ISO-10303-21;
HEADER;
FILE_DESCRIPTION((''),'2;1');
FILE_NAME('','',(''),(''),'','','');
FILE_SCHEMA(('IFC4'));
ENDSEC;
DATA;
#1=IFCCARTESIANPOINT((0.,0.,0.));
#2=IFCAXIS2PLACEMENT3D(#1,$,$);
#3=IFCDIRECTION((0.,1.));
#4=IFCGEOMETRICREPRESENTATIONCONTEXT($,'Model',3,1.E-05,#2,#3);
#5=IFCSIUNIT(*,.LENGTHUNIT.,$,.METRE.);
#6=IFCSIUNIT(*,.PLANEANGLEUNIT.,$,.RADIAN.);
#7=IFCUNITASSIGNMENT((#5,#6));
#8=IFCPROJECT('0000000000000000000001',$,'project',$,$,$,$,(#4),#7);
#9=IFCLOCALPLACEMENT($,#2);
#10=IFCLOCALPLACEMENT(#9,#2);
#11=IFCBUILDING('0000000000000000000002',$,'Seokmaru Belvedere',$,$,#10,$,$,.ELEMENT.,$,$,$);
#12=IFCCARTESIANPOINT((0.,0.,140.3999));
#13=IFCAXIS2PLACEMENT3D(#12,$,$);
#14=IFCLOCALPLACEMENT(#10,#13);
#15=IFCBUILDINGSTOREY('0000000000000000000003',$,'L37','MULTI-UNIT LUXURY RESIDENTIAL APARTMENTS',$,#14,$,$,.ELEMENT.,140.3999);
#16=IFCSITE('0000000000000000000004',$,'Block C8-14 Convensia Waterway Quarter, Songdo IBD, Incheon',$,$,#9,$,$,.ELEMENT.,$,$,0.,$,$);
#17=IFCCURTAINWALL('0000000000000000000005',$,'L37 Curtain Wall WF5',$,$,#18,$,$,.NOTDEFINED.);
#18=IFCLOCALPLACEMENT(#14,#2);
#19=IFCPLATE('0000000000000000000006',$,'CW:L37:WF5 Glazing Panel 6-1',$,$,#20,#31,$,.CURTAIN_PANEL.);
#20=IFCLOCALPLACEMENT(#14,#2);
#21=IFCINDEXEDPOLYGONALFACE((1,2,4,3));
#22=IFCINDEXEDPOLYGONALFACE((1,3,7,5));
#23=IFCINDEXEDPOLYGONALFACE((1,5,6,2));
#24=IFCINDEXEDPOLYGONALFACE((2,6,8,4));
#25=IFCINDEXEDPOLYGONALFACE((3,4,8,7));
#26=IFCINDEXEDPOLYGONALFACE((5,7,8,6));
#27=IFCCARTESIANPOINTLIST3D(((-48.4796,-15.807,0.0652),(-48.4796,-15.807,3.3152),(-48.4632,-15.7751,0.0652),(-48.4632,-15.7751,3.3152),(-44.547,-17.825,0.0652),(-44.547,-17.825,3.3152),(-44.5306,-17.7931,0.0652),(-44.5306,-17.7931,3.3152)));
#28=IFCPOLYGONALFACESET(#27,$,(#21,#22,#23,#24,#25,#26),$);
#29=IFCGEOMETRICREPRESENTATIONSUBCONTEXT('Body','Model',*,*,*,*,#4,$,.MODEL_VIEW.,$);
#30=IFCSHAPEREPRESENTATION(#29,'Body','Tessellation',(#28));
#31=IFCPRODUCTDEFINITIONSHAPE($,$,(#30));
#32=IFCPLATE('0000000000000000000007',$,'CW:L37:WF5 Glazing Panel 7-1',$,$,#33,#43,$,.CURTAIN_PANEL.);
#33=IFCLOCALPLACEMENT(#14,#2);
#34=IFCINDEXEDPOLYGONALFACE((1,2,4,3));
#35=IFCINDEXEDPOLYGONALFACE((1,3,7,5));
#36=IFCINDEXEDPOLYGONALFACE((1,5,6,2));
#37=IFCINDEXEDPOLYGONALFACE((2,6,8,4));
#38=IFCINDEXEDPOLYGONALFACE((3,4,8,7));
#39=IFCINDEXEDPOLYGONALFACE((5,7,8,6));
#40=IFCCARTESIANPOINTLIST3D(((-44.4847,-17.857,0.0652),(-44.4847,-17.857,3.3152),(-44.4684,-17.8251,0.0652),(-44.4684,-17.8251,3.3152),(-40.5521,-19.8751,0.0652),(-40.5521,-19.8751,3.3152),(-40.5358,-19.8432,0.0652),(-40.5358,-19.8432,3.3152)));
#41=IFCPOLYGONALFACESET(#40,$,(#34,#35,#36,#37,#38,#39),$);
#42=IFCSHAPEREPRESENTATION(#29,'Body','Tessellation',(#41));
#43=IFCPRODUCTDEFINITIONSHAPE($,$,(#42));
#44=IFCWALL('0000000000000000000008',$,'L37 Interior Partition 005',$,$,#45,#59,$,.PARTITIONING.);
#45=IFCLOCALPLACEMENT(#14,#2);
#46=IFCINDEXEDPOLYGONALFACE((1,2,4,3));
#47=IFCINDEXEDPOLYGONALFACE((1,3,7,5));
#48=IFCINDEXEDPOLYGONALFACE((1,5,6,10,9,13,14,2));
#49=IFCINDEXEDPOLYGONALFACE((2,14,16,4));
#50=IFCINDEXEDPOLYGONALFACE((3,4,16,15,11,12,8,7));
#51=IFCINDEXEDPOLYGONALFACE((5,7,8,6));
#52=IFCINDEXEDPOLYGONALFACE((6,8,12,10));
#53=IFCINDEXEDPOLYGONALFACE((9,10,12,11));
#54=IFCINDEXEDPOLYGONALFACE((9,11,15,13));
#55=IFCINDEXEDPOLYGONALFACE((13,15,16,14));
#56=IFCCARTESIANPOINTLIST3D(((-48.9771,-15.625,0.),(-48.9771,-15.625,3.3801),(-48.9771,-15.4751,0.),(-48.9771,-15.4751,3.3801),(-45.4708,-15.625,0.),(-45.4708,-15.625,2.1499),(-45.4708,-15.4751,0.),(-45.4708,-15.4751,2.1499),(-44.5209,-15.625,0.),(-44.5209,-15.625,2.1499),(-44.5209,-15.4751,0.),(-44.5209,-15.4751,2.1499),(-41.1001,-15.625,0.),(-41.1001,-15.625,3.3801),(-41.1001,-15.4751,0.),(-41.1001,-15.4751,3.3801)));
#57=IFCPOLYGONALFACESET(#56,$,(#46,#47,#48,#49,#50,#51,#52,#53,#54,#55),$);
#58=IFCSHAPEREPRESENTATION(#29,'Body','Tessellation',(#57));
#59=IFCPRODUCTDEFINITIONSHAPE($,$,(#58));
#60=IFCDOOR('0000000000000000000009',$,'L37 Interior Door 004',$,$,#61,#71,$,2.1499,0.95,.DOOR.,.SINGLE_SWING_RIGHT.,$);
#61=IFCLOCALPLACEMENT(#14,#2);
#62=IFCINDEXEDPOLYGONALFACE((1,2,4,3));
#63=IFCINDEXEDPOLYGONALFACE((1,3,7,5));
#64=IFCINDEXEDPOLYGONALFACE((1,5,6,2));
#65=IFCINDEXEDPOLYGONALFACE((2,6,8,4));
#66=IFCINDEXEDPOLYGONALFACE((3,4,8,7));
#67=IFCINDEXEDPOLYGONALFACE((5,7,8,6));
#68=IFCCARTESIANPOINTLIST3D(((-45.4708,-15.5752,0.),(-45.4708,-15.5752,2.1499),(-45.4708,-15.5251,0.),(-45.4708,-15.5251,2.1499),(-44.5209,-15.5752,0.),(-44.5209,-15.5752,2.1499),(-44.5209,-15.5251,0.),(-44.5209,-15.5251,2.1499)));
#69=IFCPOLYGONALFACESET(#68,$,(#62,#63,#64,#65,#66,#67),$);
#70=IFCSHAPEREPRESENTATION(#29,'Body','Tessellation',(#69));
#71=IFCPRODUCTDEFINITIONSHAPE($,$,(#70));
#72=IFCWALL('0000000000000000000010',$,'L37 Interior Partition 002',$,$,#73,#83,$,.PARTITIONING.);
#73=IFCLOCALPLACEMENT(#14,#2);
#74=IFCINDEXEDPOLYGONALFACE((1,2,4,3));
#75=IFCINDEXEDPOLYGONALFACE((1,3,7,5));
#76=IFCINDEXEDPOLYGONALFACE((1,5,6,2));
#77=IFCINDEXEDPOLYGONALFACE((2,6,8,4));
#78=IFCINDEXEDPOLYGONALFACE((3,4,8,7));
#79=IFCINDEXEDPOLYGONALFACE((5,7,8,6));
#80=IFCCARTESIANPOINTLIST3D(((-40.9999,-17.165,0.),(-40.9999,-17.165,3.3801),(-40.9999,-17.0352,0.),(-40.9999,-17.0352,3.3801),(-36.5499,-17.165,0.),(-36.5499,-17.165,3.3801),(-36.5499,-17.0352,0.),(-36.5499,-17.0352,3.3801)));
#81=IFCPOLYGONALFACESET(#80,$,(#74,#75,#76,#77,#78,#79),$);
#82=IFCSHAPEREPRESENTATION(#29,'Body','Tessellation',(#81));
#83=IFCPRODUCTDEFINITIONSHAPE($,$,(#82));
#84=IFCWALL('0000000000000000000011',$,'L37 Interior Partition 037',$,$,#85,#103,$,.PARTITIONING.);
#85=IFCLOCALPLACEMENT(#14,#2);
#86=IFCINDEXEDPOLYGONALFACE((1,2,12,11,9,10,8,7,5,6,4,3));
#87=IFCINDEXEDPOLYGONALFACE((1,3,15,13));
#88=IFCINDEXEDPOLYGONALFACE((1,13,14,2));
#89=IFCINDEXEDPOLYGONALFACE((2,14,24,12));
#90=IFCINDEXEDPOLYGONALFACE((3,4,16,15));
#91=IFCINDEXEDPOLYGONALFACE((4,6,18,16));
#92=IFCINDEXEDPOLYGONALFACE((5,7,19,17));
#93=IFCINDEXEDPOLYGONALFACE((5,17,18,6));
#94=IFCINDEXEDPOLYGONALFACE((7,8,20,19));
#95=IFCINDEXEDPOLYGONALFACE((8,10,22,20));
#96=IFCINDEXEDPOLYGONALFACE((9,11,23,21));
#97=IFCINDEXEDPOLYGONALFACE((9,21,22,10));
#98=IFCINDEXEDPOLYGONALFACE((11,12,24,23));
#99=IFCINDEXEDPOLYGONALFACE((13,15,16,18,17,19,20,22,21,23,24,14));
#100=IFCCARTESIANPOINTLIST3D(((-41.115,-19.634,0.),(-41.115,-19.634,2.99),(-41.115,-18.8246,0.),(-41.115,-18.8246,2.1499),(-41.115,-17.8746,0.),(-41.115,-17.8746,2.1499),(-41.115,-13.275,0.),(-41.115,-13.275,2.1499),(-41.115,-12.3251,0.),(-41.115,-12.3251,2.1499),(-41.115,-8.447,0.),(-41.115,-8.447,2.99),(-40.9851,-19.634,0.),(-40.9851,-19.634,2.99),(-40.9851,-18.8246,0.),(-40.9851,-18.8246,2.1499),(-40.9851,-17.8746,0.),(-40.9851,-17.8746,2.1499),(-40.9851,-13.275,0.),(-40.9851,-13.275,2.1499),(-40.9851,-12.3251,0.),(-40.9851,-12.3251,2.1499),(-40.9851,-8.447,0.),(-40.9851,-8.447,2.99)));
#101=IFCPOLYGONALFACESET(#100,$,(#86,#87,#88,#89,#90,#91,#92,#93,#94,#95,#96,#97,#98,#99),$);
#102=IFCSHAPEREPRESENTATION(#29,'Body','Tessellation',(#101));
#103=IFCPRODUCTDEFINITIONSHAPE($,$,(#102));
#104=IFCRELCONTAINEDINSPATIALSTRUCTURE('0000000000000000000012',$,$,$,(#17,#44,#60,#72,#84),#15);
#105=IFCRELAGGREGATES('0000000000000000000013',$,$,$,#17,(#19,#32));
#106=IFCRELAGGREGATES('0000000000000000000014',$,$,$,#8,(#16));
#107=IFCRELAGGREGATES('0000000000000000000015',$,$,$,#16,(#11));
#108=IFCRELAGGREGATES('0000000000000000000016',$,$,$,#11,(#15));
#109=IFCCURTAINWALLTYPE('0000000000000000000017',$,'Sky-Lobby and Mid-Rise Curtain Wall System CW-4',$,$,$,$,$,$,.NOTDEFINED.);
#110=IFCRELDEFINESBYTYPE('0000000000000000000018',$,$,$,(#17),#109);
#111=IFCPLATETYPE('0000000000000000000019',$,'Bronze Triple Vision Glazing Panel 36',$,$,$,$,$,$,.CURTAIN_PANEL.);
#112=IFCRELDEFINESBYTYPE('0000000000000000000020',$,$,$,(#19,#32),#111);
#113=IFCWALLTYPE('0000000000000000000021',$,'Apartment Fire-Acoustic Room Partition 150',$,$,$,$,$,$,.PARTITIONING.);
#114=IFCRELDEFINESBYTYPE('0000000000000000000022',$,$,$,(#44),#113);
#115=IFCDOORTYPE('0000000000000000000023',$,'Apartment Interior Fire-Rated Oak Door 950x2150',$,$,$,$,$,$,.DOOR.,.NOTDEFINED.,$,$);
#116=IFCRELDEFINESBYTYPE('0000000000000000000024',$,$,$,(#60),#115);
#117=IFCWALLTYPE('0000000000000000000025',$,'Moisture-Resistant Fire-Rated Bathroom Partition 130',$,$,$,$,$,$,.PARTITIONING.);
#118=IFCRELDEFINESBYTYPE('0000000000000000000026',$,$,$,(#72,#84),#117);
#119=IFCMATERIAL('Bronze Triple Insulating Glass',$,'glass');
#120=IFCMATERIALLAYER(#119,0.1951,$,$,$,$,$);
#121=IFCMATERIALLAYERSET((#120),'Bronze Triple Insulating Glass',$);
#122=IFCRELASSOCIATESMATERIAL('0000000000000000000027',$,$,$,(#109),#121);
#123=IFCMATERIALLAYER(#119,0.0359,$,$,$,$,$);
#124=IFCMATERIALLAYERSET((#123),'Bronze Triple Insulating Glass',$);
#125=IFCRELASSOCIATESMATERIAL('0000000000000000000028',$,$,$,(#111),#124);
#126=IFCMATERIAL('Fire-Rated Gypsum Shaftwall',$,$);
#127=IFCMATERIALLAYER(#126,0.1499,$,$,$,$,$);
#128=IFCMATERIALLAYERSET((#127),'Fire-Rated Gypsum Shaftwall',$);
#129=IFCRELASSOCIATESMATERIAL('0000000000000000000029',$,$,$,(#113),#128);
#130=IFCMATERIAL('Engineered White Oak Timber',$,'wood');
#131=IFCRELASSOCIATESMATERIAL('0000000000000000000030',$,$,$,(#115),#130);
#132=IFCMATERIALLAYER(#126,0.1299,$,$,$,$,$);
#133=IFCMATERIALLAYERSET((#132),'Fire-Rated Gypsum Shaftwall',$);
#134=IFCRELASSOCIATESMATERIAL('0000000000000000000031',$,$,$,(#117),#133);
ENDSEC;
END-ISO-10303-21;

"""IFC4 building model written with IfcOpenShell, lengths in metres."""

from ifc_helpers import new_model, si_unit, direction, frame, frame_2d, origin, origin_2d, place, context, subcontext, project, spatial, rectangle, extrude, source, transform, mapped, material, layer, layer_set, type_object, type_shapes, element, fill, aggregate, save


model = new_model("IFC4")

# Units and contexts
model_context = context("Model", 3, precision=1e-05, world=origin(), true_north=direction((0.0, 1.0)))
body_context = subcontext(model_context, "Body", "Model", "MODEL_VIEW")
ifc_project = project(units=[si_unit("LENGTHUNIT", "METRE"), si_unit("PLANEANGLEUNIT", "RADIAN")], contexts=[model_context])

# Site, building, storey
site_placement = place(None, origin())
site = spatial("IfcSite", under=ifc_project, at=site_placement, Name="Block C8-14 Convensia Waterway Quarter, Songdo IBD, Incheon", CompositionType="ELEMENT", RefElevation=0.0)
building_placement = place(site_placement, origin())
building = spatial("IfcBuilding", under=site, at=building_placement, Name="Seokmaru Belvedere", CompositionType="ELEMENT")
storey_placement = place(building_placement, frame((0.0, 0.0, 140.3999)))
storey = spatial("IfcBuildingStorey", under=building, at=storey_placement, Name="L37", Description="MULTI-UNIT LUXURY RESIDENTIAL APARTMENTS", CompositionType="ELEMENT", Elevation=140.3999)

# Curtain wall, plates
ifc_material_1 = material(Name="Bronze Triple Insulating Glass", Category="glass")
ifc_layer_1 = layer(ifc_material_1, 0.1951)
ifc_layer_set_1 = layer_set([ifc_layer_1], Name="Bronze Triple Insulating Glass")
curtain_wall_type = type_object("IfcCurtainWallType", Name="Sky-Lobby and Mid-Rise Curtain Wall System CW-4", PredefinedType="NOTDEFINED", material=ifc_layer_set_1)
curtain_wall_placement = place(storey_placement, origin())
curtain_wall = element("IfcCurtainWall", 1, at=curtain_wall_placement, inside=storey, type_object=curtain_wall_type, Name="L37 Curtain Wall WF5", PredefinedType="NOTDEFINED")
ifc_layer_2 = layer(ifc_material_1, 0.0359)
ifc_layer_set_2 = layer_set([ifc_layer_2], Name="Bronze Triple Insulating Glass")
plate_type = type_object("IfcPlateType", Name="Bronze Triple Vision Glazing Panel 36", PredefinedType="CURTAIN_PANEL", material=ifc_layer_set_2)
shared_shape_1 = source(origin(), body_context, "Body", "SweptSolid", [
    extrude(rectangle(XDim=4.4202, YDim=0.0359, at=origin_2d()), origin(), (0.0, 0.0, 1.0), 3.25),
])
type_shapes(plate_type, [shared_shape_1])
plate_1_placement = place(storey_placement, frame((-46.5051, -16.8, 0.0652), z_axis=(0.0, 0.0, 1.0), x_axis=(0.889695, -0.456555, 0.0)))
plate_1 = element("IfcPlate", 2, at=plate_1_placement, type_object=plate_type, Name="CW:L37:WF5 Glazing Panel 6-1", PredefinedType="CURTAIN_PANEL", context=body_context, shape_type="MappedRepresentation", body=[
    mapped(shared_shape_1, transform((0.0, 0.0, 0.0), scale=1.0)),
])
plate_2_placement = place(storey_placement, frame((-42.5103, -18.8501, 0.0652), z_axis=(0.0, 0.0, 1.0), x_axis=(0.889695, -0.456555, 0.0)))
plate_2 = element("IfcPlate", 3, at=plate_2_placement, type_object=plate_type, Name="CW:L37:WF5 Glazing Panel 7-1", PredefinedType="CURTAIN_PANEL", context=body_context, shape_type="MappedRepresentation", body=[
    mapped(shared_shape_1, transform((0.0, 0.0, 0.0), scale=1.0)),
])
aggregate(curtain_wall, [plate_1, plate_2])

# Wall, opening, door
ifc_material_2 = material(Name="Fire-Rated Gypsum Shaftwall")
ifc_layer_3 = layer(ifc_material_2, 0.1499)
ifc_layer_set_3 = layer_set([ifc_layer_3], Name="Fire-Rated Gypsum Shaftwall")
wall_type_1 = type_object("IfcWallType", Name="Apartment Fire-Acoustic Room Partition 150", PredefinedType="PARTITIONING", material=ifc_layer_set_3)
wall_1_placement = place(storey_placement, frame((-48.9771, -15.55, 0.0), z_axis=(0.0, 0.0, 1.0), x_axis=(1.0, 0.0, 0.0)))
wall_1 = element("IfcWall", 4, at=wall_1_placement, inside=storey, type_object=wall_type_1, Name="L37 Interior Partition 005", PredefinedType="PARTITIONING", context=body_context, shape_type="SweptSolid", body=[
    extrude(rectangle(XDim=7.877, YDim=0.1499, at=frame_2d((3.9385, 0.0))), origin(), (0.0, 0.0, 1.0), 3.3801),
])
opening_1_placement = place(wall_1_placement, frame((3.5061, 0.0, 0.0)))
opening_1 = element("IfcOpeningElement", 5, at=opening_1_placement, cuts=wall_1, PredefinedType="OPENING", context=body_context, shape_type="SweptSolid", body=[
    extrude(rectangle(XDim=0.95, YDim=2.1499, at=frame_2d((0.4751, 1.075))), frame((0.0, 0.085, 0.0), z_axis=(0.0, -1.0, 0.0), x_axis=(1.0, 0.0, 0.0)), (0.0, 0.0, 1.0), 0.1699),
])
ifc_material_3 = material(Name="Engineered White Oak Timber", Category="wood")
door_type = type_object("IfcDoorType", Name="Apartment Interior Fire-Rated Oak Door 950x2150", OperationType="NOTDEFINED", PredefinedType="DOOR", material=ifc_material_3)
shared_shape_2 = source(origin(), body_context, "Body", "SweptSolid", [
    extrude(rectangle(XDim=0.95, YDim=2.1499, at=frame_2d((0.4751, 1.075))), frame((0.0, 0.0249, 0.0), z_axis=(0.0, -1.0, 0.0), x_axis=(1.0, 0.0, 0.0)), (0.0, 0.0, 1.0), 0.05),
])
type_shapes(door_type, [shared_shape_2])
door_placement = place(opening_1_placement, origin())
door = element("IfcDoor", 6, at=door_placement, inside=storey, type_object=door_type, Name="L37 Interior Door 004", OperationType="SINGLE_SWING_RIGHT", OverallHeight=2.1499, OverallWidth=0.95, PredefinedType="DOOR", context=body_context, shape_type="MappedRepresentation", body=[
    mapped(shared_shape_2, transform((0.0, 0.0, 0.0), scale=1.0)),
])
fill(opening_1, door)

# Wall
ifc_layer_4 = layer(ifc_material_2, 0.1299)
ifc_layer_set_4 = layer_set([ifc_layer_4], Name="Fire-Rated Gypsum Shaftwall")
wall_type_2 = type_object("IfcWallType", Name="Moisture-Resistant Fire-Rated Bathroom Partition 130", PredefinedType="PARTITIONING", material=ifc_layer_set_4)
wall_2_placement = place(storey_placement, frame((-41.0, -17.1001, 0.0), z_axis=(0.0, 0.0, 1.0), x_axis=(1.0, 0.0, 0.0)))
element("IfcWall", 7, at=wall_2_placement, inside=storey, type_object=wall_type_2, Name="L37 Interior Partition 002", PredefinedType="PARTITIONING", context=body_context, shape_type="SweptSolid", body=[
    extrude(rectangle(XDim=4.45, YDim=0.1299, at=frame_2d((2.2251, 0.0))), origin(), (0.0, 0.0, 1.0), 3.3801),
])

# Wall, openings
wall_3_placement = place(storey_placement, frame((-41.05, -19.634, 0.0), z_axis=(0.0, 0.0, 1.0), x_axis=(0.0, 1.0, 0.0)))
wall_3 = element("IfcWall", 8, at=wall_3_placement, inside=storey, type_object=wall_type_2, Name="L37 Interior Partition 037", PredefinedType="PARTITIONING", context=body_context, shape_type="SweptSolid", body=[
    extrude(rectangle(XDim=11.187, YDim=0.1299, at=frame_2d((5.5935, 0.0))), origin(), (0.0, 0.0, 1.0), 2.99),
])
opening_2_placement = place(wall_3_placement, frame((6.3589, 0.0, 0.0)))
element("IfcOpeningElement", 9, at=opening_2_placement, cuts=wall_3, PredefinedType="OPENING", context=body_context, shape_type="SweptSolid", body=[
    extrude(rectangle(XDim=0.95, YDim=2.1499, at=frame_2d((0.4751, 1.075))), frame((0.0, 0.075, 0.0), z_axis=(0.0, -1.0, 0.0), x_axis=(1.0, 0.0, 0.0)), (0.0, 0.0, 1.0), 0.1499),
])
opening_3_placement = place(wall_3_placement, frame((0.8093, 0.0, 0.0)))
element("IfcOpeningElement", 10, at=opening_3_placement, cuts=wall_3, PredefinedType="OPENING", context=body_context, shape_type="SweptSolid", body=[
    extrude(rectangle(XDim=0.95, YDim=2.1499, at=frame_2d((0.4751, 1.075))), frame((0.0, 0.075, 0.0), z_axis=(0.0, -1.0, 0.0), x_axis=(1.0, 0.0, 0.0)), (0.0, 0.0, 1.0), 0.1499),
])

save(model, "model.ifc")
